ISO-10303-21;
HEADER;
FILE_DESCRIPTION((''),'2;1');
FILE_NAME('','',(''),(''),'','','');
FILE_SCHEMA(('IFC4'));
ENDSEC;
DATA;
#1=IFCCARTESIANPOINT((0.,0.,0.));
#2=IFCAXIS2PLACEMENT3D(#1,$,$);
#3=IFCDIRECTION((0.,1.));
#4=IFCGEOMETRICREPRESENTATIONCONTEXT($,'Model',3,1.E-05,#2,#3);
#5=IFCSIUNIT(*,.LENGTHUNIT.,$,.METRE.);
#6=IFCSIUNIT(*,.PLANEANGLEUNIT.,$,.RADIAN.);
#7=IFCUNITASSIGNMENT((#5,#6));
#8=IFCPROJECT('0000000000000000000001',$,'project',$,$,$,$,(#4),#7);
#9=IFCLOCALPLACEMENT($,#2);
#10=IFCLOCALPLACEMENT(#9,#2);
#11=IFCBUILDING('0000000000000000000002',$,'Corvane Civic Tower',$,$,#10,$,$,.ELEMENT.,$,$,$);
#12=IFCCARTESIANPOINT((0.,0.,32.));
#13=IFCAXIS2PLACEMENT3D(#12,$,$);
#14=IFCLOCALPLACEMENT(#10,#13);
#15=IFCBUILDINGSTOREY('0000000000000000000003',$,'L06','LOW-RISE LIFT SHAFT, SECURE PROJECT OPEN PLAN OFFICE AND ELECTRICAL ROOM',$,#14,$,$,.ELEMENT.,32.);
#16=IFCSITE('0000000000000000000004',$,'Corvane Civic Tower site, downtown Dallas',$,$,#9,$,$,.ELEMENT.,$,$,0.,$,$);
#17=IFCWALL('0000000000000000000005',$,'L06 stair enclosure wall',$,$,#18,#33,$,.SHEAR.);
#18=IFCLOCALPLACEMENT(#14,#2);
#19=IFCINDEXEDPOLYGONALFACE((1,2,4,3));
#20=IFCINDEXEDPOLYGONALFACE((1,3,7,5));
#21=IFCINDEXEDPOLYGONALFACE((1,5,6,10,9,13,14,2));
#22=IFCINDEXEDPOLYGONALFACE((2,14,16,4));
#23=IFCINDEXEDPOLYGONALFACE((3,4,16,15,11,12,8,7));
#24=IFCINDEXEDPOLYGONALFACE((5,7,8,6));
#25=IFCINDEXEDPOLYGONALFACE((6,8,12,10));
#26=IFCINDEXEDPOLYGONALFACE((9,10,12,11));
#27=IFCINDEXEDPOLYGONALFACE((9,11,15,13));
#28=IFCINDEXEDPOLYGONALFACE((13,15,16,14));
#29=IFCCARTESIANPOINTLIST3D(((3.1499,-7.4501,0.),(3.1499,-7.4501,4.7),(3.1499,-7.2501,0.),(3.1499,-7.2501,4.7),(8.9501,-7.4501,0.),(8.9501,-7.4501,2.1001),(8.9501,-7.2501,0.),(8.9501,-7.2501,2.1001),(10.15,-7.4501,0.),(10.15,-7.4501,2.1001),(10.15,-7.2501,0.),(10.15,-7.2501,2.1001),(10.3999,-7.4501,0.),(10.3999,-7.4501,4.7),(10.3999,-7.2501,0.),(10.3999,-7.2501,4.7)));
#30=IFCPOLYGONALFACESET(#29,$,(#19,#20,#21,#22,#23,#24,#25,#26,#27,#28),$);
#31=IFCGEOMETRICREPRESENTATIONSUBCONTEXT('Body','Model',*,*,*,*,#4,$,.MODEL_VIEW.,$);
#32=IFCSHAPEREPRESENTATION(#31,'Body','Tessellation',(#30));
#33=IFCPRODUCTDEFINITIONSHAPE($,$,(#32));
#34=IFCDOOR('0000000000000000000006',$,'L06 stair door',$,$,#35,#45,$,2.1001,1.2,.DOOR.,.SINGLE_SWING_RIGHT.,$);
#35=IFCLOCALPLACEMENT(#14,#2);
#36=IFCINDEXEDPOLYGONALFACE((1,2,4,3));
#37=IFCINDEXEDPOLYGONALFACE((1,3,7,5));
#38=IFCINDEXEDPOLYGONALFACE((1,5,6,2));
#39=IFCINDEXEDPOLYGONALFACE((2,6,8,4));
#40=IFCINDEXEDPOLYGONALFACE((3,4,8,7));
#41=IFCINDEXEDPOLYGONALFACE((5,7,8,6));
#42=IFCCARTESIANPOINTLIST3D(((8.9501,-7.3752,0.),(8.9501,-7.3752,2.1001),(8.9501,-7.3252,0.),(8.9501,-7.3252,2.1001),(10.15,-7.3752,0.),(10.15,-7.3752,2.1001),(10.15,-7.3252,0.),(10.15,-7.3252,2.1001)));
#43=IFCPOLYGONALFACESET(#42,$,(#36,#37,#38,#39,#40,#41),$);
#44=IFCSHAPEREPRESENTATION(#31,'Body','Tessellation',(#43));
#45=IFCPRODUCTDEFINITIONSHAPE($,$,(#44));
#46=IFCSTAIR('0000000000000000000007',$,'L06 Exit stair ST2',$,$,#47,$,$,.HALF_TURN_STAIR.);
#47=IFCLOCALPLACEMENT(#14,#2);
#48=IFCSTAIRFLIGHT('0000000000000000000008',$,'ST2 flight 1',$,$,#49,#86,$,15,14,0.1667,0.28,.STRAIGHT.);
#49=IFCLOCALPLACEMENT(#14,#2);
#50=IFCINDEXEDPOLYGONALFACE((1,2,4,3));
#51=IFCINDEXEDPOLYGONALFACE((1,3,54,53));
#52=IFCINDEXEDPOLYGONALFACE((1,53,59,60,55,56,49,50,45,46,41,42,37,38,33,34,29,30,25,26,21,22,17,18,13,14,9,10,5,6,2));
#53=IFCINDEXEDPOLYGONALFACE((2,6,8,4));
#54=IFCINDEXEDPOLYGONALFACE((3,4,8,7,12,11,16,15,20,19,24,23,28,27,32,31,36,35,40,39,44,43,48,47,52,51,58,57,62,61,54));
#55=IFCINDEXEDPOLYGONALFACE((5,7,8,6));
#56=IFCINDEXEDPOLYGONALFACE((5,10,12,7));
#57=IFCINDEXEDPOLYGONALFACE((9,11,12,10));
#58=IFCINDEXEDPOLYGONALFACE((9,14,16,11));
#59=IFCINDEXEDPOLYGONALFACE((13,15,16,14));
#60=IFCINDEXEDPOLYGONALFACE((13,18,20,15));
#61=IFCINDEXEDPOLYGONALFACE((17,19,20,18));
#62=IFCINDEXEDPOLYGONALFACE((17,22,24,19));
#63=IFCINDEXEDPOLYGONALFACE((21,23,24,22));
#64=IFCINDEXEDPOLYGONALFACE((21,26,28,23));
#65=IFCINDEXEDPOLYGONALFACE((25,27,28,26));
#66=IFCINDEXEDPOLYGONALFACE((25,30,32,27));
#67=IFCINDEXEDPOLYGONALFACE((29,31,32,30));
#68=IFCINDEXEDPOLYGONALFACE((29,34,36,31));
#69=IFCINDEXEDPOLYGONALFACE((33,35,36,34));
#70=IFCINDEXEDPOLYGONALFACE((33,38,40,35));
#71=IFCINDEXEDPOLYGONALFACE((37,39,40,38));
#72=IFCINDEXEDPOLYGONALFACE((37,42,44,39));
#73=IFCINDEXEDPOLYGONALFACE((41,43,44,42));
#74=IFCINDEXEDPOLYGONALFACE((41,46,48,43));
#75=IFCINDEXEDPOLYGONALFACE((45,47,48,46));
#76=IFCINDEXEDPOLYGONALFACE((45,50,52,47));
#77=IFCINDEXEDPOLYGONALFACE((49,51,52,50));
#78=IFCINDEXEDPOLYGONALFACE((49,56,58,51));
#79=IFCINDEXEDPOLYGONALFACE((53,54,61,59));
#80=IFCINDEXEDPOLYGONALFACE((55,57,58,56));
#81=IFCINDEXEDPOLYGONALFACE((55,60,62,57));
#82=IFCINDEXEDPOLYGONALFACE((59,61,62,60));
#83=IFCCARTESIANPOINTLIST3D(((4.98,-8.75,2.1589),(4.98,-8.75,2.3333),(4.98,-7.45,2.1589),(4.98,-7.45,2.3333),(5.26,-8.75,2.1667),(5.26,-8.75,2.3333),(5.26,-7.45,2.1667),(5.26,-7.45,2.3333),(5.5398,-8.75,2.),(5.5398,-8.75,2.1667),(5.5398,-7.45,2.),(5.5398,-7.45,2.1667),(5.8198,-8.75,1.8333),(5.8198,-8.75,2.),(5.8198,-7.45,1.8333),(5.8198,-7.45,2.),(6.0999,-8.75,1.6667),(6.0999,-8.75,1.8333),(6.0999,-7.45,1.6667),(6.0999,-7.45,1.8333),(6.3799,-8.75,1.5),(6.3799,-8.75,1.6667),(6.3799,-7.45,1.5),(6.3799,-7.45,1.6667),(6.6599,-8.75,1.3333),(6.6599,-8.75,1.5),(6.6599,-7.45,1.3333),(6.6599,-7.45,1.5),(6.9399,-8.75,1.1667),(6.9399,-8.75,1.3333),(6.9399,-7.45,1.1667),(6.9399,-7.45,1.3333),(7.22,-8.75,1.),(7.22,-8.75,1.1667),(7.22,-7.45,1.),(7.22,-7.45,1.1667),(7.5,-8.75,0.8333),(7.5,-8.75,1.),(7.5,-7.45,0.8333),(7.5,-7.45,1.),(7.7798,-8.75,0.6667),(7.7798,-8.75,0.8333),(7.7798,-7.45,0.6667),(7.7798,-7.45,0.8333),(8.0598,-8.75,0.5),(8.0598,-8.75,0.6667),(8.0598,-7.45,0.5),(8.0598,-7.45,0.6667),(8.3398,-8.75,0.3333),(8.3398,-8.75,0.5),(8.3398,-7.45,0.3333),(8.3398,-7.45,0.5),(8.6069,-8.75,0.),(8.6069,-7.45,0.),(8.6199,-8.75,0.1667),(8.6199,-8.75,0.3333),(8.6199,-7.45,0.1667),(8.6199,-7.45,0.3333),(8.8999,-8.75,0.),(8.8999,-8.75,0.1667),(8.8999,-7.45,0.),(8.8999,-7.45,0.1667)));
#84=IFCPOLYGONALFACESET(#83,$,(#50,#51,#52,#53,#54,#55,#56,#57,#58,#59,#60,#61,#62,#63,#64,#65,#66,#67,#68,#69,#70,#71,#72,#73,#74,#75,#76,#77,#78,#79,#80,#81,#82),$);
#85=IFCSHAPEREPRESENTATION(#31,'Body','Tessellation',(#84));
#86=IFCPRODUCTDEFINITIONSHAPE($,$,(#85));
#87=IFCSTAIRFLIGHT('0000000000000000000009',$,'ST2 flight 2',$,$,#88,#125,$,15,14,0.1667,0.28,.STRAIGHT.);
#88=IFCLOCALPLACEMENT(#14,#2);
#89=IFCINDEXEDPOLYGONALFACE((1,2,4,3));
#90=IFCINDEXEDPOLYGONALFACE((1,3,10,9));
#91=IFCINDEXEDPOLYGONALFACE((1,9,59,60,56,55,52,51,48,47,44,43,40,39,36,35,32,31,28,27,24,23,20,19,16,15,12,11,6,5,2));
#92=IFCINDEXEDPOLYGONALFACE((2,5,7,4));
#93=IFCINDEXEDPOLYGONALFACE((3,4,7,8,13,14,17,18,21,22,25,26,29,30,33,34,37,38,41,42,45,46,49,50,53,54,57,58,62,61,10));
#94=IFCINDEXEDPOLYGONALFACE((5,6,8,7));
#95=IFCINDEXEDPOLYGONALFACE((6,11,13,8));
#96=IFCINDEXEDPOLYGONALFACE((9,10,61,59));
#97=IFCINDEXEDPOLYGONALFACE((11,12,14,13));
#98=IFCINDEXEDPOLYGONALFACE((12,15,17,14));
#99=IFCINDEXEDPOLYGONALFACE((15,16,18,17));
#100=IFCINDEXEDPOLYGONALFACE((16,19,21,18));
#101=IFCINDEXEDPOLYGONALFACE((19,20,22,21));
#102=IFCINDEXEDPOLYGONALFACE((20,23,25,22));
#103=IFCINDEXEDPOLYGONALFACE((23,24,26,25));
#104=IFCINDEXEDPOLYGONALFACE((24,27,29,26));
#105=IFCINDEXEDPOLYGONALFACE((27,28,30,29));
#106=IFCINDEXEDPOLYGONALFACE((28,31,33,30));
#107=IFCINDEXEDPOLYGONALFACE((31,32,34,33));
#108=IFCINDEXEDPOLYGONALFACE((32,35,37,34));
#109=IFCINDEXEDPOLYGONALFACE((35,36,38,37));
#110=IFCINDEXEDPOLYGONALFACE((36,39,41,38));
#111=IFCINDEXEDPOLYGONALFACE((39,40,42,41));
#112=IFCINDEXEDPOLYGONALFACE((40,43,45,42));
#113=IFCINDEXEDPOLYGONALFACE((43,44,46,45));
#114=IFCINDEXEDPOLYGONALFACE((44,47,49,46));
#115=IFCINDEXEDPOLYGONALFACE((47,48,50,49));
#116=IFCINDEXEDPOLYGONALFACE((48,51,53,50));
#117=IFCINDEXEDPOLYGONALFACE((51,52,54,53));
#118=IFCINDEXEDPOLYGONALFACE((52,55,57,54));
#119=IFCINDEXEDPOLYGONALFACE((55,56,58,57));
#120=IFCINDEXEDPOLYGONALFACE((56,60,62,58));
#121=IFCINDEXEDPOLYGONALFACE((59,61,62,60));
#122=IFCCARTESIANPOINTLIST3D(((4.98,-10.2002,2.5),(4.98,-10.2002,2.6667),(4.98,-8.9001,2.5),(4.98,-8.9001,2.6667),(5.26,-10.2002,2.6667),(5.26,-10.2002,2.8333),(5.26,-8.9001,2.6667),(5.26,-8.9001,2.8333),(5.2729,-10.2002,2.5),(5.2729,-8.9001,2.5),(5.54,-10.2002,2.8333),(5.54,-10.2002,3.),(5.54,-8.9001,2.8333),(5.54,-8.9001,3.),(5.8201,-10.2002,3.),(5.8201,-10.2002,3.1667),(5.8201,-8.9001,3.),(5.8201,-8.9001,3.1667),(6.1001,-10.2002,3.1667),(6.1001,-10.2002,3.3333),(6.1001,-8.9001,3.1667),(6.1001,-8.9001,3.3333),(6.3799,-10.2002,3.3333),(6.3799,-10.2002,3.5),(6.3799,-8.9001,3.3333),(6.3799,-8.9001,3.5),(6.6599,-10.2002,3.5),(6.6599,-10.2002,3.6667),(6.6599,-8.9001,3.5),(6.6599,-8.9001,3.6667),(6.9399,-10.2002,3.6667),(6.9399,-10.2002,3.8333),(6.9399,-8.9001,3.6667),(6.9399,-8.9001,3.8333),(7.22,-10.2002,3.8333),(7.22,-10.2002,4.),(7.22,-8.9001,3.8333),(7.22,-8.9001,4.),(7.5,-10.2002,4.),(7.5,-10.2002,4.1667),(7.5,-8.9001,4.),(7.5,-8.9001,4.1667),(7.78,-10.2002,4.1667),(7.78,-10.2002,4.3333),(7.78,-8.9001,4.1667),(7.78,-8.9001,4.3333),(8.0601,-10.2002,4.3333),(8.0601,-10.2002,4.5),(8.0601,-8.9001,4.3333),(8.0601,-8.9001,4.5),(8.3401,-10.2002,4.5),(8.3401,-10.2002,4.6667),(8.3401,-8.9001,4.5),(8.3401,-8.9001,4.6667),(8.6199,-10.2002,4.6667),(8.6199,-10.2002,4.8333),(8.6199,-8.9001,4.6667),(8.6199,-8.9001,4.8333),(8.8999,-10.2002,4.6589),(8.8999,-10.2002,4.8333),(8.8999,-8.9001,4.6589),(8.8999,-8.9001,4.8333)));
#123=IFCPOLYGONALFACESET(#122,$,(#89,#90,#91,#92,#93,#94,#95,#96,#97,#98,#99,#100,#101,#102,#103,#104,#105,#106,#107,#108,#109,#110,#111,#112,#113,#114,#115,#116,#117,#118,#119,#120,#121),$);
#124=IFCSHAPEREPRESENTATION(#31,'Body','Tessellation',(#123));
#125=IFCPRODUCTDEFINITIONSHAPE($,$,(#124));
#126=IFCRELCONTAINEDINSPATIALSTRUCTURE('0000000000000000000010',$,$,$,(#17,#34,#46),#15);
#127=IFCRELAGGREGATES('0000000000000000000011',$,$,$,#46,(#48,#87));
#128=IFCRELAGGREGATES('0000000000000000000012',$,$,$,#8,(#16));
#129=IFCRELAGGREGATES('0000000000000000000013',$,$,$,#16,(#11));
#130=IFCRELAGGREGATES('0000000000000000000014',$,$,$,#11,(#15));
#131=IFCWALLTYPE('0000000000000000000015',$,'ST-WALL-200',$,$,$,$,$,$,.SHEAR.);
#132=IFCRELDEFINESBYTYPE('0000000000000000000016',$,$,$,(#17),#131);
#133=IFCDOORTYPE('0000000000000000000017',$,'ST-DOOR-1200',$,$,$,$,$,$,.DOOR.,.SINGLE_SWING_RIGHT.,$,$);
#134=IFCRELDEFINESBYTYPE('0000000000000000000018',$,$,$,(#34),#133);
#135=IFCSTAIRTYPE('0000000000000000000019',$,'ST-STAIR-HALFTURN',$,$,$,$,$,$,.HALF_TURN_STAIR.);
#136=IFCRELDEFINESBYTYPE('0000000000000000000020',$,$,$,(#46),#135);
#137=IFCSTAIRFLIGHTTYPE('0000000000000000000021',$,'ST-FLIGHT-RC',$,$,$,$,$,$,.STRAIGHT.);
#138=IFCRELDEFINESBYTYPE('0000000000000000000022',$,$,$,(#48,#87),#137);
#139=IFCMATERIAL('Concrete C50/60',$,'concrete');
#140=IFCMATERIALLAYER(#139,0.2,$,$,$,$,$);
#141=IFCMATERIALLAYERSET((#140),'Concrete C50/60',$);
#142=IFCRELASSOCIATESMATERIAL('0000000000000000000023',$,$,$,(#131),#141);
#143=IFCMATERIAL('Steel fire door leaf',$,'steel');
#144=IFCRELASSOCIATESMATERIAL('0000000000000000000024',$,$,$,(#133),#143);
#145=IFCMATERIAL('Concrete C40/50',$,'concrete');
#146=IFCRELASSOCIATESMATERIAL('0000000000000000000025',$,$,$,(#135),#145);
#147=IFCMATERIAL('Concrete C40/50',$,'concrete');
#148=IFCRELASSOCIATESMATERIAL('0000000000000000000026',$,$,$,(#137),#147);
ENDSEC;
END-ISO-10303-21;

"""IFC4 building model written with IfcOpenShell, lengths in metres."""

from ifc_helpers import new_model, si_unit, direction, frame, frame_2d, origin, place, context, subcontext, project, spatial, polyline, rectangle, outline, extrude, material, layer, layer_set, type_object, element, fill, aggregate, save


model = new_model("IFC4")

# Units and contexts
model_context = context("Model", 3, precision=1e-05, world=origin(), true_north=direction((0.0, 1.0)))
body_context = subcontext(model_context, "Body", "Model", "MODEL_VIEW")
ifc_project = project(units=[si_unit("LENGTHUNIT", "METRE"), si_unit("PLANEANGLEUNIT", "RADIAN")], contexts=[model_context])

# Site, building, storey
site_placement = place(None, origin())
site = spatial("IfcSite", under=ifc_project, at=site_placement, Name="Corvane Civic Tower site, downtown Dallas", CompositionType="ELEMENT", RefElevation=0.0)
building_placement = place(site_placement, origin())
building = spatial("IfcBuilding", under=site, at=building_placement, Name="Corvane Civic Tower", CompositionType="ELEMENT")
storey_placement = place(building_placement, frame((0.0, 0.0, 32.0)))
storey = spatial("IfcBuildingStorey", under=building, at=storey_placement, Name="L06", Description="LOW-RISE LIFT SHAFT, SECURE PROJECT OPEN PLAN OFFICE AND ELECTRICAL ROOM", CompositionType="ELEMENT", Elevation=32.0)

# Wall, opening, door
ifc_material_1 = material(Name="Concrete C50/60", Category="concrete")
ifc_layer_1 = layer(ifc_material_1, 0.2)
ifc_layer_set_1 = layer_set([ifc_layer_1], Name="Concrete C50/60")
wall_type_1 = type_object("IfcWallType", Name="ST-WALL-200", PredefinedType="SHEAR", material=ifc_layer_set_1)
wall_1_placement = place(storey_placement, frame((3.1499, -7.3501, 0.0), z_axis=(0.0, 0.0, 1.0), x_axis=(1.0, 0.0, 0.0)))
wall_1 = element("IfcWall", 1, at=wall_1_placement, inside=storey, type_object=wall_type_1, Name="L06 stair enclosure wall", PredefinedType="SHEAR", context=body_context, shape_type="SweptSolid", body=[
    extrude(rectangle(XDim=7.25, YDim=0.2, at=frame_2d((3.625, 0.0))), origin(), (0.0, 0.0, 1.0), 4.7),
])
opening_1_placement = place(wall_1_placement, frame((5.8, 0.0, 0.0)))
opening_1 = element("IfcOpeningElement", 2, at=opening_1_placement, cuts=wall_1, PredefinedType="OPENING", context=body_context, shape_type="SweptSolid", body=[
    extrude(rectangle(XDim=1.2, YDim=2.1001, at=frame_2d((0.6001, 1.05))), frame((0.0, 0.1099, 0.0), z_axis=(0.0, -1.0, 0.0), x_axis=(1.0, 0.0, 0.0)), (0.0, 0.0, 1.0), 0.22),
])
ifc_material_2 = material(Name="Steel fire door leaf", Category="steel")
door_type_1 = type_object("IfcDoorType", Name="ST-DOOR-1200", OperationType="SINGLE_SWING_RIGHT", PredefinedType="DOOR", material=ifc_material_2)
door_1_placement = place(opening_1_placement, origin())
door_1 = element("IfcDoor", 3, at=door_1_placement, inside=storey, type_object=door_type_1, Name="L06 stair door", OperationType="SINGLE_SWING_RIGHT", OverallHeight=2.1001, OverallWidth=1.2, PredefinedType="DOOR", context=body_context, shape_type="SweptSolid", body=[
    extrude(rectangle(XDim=1.2, YDim=2.1001, at=frame_2d((0.6001, 1.05))), frame((0.0, 0.0249, 0.0), z_axis=(0.0, -1.0, 0.0), x_axis=(1.0, 0.0, 0.0)), (0.0, 0.0, 1.0), 0.05),
])
fill(opening_1, door_1)

# Stair, stair flights
ifc_material_3 = material(Name="Concrete C40/50", Category="concrete")
stair_type = type_object("IfcStairType", Name="ST-STAIR-HALFTURN", PredefinedType="HALF_TURN_STAIR", material=ifc_material_3)
stair_placement = place(storey_placement, origin())
stair = element("IfcStair", 4, at=stair_placement, inside=storey, type_object=stair_type, Name="L06 Exit stair ST2", PredefinedType="HALF_TURN_STAIR")
ifc_material_4 = material(Name="Concrete C40/50", Category="concrete")
stair_flight_type = type_object("IfcStairFlightType", Name="ST-FLIGHT-RC", PredefinedType="STRAIGHT", material=ifc_material_4)
stair_flight_1_placement = place(storey_placement, frame((8.8999, -8.1001, 0.0), z_axis=(0.0, 0.0, 1.0), x_axis=(-1.0, 0.0, 0.0)))
stair_flight_1 = element("IfcStairFlight", 5, at=stair_flight_1_placement, type_object=stair_flight_type, Name="ST2 flight 1", NumberOfRisers=15, NumberOfTreads=14, PredefinedType="STRAIGHT", RiserHeight=0.1667, TreadLength=0.28, context=body_context, shape_type="SweptSolid", body=[
    extrude(outline(polyline([(0.0, 0.0), (0.0, 0.1667), (0.28, 0.1667), (0.28, 0.3333), (0.5601, 0.3333), (0.5601, 0.5), (0.8401, 0.5), (0.8401, 0.6667), (1.1201, 0.6667), (1.1201, 0.8333), (1.3999, 0.8333), (1.3999, 1.0), (1.6799, 1.0), (1.6799, 1.1667), (1.96, 1.1667), (1.96, 1.3333), (2.24, 1.3333), (2.24, 1.5), (2.52, 1.5), (2.52, 1.6667), (2.8, 1.6667), (2.8, 1.8333), (3.0801, 1.8333), (3.0801, 2.0), (3.3601, 2.0), (3.3601, 2.1667), (3.6399, 2.1667), (3.6399, 2.3333), (3.9199, 2.3333), (3.9199, 2.5), (3.9199, 2.1589), (0.293, 0.0), (0.0, 0.0)])), frame((0.0, 0.6499, 0.0), z_axis=(0.0, -1.0, 0.0), x_axis=(1.0, 0.0, 0.0)), (0.0, 0.0, 1.0), 1.3),
])
stair_flight_2_placement = place(storey_placement, frame((4.98, -9.55, 2.5), z_axis=(0.0, 0.0, 1.0), x_axis=(1.0, 0.0, 0.0)))
stair_flight_2 = element("IfcStairFlight", 6, at=stair_flight_2_placement, type_object=stair_flight_type, Name="ST2 flight 2", NumberOfRisers=15, NumberOfTreads=14, PredefinedType="STRAIGHT", RiserHeight=0.1667, TreadLength=0.28, context=body_context, shape_type="SweptSolid", body=[
    extrude(outline(polyline([(0.0, 0.0), (0.0, 0.1667), (0.28, 0.1667), (0.28, 0.3333), (0.5601, 0.3333), (0.5601, 0.5), (0.8401, 0.5), (0.8401, 0.6667), (1.1201, 0.6667), (1.1201, 0.8333), (1.3999, 0.8333), (1.3999, 1.0), (1.6799, 1.0), (1.6799, 1.1667), (1.96, 1.1667), (1.96, 1.3333), (2.24, 1.3333), (2.24, 1.5), (2.52, 1.5), (2.52, 1.6667), (2.8, 1.6667), (2.8, 1.8333), (3.0801, 1.8333), (3.0801, 2.0), (3.3601, 2.0), (3.3601, 2.1667), (3.6399, 2.1667), (3.6399, 2.3333), (3.9199, 2.3333), (3.9199, 2.5), (3.9199, 2.1589), (0.293, 0.0), (0.0, 0.0)])), frame((0.0, 0.6499, 0.0), z_axis=(0.0, -1.0, 0.0), x_axis=(1.0, 0.0, 0.0)), (0.0, 0.0, 1.0), 1.3),
])
aggregate(stair, [stair_flight_1, stair_flight_2])

save(model, "model.ifc")
